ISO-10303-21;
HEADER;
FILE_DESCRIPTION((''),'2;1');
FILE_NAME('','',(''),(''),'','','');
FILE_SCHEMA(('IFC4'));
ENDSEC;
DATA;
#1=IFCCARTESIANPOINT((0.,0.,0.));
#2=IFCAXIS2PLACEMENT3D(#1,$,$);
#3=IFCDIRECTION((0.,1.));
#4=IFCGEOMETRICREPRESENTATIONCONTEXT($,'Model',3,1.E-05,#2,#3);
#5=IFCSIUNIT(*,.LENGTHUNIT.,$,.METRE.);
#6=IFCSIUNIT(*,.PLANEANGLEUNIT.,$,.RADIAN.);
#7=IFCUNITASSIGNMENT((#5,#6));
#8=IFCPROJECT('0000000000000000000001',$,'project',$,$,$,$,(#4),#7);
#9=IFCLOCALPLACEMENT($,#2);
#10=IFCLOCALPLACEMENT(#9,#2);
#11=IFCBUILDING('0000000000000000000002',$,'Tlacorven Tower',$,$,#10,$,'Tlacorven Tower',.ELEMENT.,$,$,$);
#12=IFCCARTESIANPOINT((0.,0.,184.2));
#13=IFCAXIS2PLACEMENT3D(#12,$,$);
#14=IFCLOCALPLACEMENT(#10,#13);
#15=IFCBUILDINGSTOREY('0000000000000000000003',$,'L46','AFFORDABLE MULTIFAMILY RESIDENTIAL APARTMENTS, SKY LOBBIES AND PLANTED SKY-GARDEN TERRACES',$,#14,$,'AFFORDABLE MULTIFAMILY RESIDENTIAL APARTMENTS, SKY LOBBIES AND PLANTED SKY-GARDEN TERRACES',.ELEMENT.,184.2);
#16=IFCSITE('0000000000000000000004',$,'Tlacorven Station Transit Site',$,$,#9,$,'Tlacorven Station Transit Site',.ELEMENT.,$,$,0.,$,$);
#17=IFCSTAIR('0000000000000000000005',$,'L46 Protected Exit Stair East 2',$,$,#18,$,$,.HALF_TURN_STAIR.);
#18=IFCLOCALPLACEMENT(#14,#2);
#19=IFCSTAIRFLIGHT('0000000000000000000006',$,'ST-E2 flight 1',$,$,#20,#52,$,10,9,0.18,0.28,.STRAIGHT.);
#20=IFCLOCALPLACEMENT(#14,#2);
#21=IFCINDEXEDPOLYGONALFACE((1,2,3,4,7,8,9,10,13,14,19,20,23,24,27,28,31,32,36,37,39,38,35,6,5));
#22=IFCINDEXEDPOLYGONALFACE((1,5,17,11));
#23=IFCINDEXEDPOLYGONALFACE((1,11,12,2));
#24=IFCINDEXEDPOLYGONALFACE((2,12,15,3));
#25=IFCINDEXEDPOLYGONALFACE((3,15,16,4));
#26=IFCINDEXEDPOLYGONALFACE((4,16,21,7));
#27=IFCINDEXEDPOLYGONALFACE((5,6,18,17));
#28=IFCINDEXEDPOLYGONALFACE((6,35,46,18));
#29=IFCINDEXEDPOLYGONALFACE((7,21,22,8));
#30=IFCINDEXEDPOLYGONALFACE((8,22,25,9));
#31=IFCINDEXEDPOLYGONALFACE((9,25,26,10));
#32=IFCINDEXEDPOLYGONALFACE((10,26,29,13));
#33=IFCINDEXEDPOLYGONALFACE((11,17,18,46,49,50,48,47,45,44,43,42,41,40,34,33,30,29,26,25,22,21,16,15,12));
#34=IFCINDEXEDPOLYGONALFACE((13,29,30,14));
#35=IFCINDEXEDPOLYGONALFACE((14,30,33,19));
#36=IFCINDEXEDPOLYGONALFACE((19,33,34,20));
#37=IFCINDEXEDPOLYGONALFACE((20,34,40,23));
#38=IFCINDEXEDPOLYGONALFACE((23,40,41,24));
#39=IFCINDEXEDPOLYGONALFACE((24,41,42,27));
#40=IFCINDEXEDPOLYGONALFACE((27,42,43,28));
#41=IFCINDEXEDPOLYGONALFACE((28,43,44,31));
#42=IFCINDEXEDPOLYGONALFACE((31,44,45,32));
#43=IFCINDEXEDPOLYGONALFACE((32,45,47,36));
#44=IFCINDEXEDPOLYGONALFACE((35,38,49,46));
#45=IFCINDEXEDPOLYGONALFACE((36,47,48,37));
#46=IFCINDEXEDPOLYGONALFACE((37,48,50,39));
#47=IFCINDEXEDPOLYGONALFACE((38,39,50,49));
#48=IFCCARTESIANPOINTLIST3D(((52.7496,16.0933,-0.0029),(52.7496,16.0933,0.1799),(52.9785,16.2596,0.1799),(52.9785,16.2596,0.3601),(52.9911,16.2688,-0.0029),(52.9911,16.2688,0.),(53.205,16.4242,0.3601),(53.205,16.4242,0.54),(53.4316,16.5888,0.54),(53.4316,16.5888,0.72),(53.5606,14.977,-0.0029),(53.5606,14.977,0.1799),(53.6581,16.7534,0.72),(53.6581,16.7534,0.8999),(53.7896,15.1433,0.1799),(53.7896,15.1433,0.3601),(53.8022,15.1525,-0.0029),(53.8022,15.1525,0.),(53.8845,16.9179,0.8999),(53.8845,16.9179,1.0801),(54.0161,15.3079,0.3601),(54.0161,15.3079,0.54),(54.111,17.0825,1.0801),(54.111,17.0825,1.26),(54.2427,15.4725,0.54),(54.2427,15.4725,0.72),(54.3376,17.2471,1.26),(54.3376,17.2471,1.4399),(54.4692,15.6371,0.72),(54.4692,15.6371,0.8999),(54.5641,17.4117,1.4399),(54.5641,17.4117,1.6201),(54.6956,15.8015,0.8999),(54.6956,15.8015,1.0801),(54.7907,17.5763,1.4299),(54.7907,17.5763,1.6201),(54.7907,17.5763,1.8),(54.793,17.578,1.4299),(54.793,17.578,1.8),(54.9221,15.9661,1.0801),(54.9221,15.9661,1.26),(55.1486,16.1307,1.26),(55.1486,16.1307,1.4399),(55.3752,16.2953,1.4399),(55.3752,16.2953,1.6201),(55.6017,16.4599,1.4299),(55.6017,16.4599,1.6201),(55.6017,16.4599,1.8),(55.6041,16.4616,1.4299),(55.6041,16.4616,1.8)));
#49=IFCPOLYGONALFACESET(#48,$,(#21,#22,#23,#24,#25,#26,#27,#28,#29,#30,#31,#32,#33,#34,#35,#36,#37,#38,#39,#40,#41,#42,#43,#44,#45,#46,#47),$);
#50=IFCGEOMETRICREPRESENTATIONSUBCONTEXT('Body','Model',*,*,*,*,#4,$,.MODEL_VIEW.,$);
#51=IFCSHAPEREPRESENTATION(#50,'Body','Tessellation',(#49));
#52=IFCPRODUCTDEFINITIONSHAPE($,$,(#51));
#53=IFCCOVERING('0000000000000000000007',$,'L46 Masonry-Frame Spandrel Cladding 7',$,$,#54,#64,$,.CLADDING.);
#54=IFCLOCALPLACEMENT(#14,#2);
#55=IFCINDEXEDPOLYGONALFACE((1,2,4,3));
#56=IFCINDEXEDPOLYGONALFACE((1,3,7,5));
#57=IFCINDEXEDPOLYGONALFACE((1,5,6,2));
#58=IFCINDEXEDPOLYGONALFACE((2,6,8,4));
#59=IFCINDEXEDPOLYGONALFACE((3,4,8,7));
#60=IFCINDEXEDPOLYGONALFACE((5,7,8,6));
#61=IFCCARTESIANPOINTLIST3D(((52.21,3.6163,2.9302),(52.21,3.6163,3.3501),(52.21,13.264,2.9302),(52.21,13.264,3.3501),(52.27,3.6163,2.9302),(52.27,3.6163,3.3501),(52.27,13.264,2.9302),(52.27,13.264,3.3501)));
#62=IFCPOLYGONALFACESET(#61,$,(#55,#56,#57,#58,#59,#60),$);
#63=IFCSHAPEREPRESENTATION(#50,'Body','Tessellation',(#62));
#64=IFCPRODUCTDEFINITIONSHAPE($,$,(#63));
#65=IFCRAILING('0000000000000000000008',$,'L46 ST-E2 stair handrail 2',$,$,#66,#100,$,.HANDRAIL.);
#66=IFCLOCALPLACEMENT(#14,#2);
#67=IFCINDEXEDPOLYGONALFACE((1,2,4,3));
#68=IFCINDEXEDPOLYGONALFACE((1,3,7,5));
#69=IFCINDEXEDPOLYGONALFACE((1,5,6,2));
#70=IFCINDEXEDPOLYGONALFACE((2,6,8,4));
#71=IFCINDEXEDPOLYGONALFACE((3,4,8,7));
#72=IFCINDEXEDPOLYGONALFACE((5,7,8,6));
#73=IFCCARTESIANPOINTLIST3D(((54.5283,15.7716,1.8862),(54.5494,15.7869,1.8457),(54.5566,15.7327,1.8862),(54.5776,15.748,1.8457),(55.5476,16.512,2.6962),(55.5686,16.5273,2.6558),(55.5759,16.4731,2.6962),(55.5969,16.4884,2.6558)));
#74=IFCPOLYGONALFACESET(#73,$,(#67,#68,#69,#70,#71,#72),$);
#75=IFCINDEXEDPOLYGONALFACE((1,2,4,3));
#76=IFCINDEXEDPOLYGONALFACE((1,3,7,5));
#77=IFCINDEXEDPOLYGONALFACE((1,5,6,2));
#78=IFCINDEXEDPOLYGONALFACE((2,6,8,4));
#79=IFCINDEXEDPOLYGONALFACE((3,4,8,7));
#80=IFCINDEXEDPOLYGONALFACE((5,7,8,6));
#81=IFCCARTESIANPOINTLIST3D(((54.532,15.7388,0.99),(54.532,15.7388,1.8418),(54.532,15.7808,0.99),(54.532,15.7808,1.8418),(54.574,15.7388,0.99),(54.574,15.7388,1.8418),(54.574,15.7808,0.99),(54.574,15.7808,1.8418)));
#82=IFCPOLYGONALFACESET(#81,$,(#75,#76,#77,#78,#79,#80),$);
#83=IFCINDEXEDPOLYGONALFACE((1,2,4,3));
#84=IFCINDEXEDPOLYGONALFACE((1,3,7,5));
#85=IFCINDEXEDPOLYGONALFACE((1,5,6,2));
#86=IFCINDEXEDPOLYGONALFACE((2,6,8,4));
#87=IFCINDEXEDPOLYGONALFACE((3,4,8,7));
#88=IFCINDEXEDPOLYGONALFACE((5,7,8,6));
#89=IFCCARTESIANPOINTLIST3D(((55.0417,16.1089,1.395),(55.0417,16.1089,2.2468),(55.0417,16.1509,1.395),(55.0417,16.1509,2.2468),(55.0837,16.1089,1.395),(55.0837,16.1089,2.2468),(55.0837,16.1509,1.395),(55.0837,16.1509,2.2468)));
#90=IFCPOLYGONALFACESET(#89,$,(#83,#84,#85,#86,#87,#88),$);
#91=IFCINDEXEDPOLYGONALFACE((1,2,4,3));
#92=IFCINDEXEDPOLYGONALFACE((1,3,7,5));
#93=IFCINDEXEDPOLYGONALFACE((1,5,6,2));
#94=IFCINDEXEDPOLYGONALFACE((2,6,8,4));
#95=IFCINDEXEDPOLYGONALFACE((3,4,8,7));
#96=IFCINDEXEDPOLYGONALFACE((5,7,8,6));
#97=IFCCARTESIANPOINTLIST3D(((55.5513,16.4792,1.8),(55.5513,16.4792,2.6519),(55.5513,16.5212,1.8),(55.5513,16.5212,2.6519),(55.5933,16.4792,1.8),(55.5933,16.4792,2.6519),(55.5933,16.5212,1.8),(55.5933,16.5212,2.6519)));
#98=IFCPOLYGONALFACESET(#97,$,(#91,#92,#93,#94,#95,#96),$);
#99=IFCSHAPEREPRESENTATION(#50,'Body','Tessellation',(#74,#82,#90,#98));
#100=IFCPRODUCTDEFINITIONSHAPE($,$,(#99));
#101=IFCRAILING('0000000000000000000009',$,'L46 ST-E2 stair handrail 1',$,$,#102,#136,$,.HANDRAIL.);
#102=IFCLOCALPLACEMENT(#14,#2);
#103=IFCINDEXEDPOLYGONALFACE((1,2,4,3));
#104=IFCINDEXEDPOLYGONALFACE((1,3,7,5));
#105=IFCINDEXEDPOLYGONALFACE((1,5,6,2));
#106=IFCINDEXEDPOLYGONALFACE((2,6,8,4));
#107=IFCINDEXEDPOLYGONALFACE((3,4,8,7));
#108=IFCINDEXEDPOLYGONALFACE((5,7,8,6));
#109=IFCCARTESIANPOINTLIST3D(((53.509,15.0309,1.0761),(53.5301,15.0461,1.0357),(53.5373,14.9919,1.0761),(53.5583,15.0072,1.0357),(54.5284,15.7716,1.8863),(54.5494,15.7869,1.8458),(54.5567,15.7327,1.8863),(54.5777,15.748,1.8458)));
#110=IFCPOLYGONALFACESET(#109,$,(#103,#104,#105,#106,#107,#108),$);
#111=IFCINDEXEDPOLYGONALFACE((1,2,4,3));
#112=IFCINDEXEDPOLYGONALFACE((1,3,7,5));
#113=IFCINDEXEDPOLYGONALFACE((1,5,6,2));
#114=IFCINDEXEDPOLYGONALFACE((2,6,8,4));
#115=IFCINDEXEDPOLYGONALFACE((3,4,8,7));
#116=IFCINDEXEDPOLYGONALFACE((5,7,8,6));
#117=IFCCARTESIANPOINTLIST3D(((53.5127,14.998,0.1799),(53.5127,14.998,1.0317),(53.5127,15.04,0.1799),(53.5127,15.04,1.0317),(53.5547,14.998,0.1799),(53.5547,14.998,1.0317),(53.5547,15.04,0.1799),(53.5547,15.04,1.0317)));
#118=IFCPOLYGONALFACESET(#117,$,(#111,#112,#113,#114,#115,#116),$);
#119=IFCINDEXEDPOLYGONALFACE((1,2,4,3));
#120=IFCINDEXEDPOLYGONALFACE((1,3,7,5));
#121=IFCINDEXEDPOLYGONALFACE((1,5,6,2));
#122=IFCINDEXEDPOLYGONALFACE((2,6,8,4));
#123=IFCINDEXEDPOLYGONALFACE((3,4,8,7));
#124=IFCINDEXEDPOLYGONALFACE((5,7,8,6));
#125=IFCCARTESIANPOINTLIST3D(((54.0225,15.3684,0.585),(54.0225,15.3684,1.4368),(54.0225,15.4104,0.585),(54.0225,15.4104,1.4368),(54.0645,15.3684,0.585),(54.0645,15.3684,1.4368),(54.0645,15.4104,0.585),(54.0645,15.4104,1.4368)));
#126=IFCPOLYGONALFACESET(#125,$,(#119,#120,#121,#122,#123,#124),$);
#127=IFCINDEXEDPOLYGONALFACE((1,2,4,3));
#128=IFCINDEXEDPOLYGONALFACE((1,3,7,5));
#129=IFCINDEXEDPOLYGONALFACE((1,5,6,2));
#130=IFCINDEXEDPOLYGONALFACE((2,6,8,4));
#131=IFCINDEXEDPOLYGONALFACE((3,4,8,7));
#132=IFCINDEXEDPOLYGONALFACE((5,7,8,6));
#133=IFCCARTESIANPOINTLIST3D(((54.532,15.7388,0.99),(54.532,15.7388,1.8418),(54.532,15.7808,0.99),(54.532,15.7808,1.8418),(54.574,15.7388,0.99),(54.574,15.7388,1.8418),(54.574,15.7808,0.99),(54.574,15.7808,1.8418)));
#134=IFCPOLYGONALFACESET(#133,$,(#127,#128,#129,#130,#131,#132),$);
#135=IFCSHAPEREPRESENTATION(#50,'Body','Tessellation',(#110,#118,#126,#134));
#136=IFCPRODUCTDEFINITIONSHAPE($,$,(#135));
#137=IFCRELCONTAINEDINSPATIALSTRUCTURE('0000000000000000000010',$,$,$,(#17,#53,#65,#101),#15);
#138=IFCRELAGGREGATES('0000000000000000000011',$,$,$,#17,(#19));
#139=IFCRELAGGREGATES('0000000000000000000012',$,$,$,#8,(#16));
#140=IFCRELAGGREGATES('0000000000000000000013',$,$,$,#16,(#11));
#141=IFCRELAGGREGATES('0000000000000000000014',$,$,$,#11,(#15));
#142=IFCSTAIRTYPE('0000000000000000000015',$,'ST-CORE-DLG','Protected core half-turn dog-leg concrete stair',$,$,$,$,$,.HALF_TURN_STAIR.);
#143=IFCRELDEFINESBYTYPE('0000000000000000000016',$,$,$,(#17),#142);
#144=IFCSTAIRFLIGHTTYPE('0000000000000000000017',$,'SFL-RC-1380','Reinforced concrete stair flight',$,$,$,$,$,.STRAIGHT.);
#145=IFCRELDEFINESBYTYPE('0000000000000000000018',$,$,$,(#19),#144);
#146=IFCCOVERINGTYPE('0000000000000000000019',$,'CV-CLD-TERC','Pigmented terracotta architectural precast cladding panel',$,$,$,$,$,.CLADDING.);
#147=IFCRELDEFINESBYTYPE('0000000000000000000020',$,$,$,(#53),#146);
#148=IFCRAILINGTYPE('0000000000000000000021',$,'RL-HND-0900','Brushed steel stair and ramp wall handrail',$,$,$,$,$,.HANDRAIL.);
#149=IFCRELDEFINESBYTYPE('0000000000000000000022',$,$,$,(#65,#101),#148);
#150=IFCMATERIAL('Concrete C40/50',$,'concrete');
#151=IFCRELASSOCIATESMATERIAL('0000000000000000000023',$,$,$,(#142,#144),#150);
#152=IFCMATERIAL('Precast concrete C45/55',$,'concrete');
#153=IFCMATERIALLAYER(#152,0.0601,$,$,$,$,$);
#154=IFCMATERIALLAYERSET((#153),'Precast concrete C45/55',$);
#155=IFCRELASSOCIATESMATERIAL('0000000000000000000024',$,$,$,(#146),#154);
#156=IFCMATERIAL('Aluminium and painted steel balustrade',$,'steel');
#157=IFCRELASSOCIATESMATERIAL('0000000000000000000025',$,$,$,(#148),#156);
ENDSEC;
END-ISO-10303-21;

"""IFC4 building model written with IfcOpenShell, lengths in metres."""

from ifc_helpers import new_model, si_unit, direction, frame, origin, origin_2d, place, context, subcontext, project, spatial, polyline, rectangle, outline, extrude, source, transform, mapped, material, layer, layer_set, type_object, element, aggregate, save


model = new_model("IFC4")

# Units and contexts
model_context = context("Model", 3, precision=1e-05, world=origin(), true_north=direction((0.0, 1.0)))
body_context = subcontext(model_context, "Body", "Model", "MODEL_VIEW")
ifc_project = project(units=[si_unit("LENGTHUNIT", "METRE"), si_unit("PLANEANGLEUNIT", "RADIAN")], contexts=[model_context])

# Site, building, storey
site_placement = place(None, origin())
site = spatial("IfcSite", under=ifc_project, at=site_placement, Name="Tlacorven Station Transit Site", LongName="Tlacorven Station Transit Site", CompositionType="ELEMENT", RefElevation=0.0)
building_placement = place(site_placement, origin())
building = spatial("IfcBuilding", under=site, at=building_placement, Name="Tlacorven Tower", LongName="Tlacorven Tower", CompositionType="ELEMENT")
storey_placement = place(building_placement, frame((0.0, 0.0, 184.2)))
storey = spatial("IfcBuildingStorey", under=building, at=storey_placement, Name="L46", Description="AFFORDABLE MULTIFAMILY RESIDENTIAL APARTMENTS, SKY LOBBIES AND PLANTED SKY-GARDEN TERRACES", LongName="AFFORDABLE MULTIFAMILY RESIDENTIAL APARTMENTS, SKY LOBBIES AND PLANTED SKY-GARDEN TERRACES", CompositionType="ELEMENT", Elevation=184.2)

# Shared definitions
ifc_material_1 = material(Name="Precast concrete C45/55", Category="concrete")

# Stair, stair flight
ifc_material_2 = material(Name="Concrete C40/50", Category="concrete")
stair_type = type_object("IfcStairType", Name="ST-CORE-DLG", Description="Protected core half-turn dog-leg concrete stair", PredefinedType="HALF_TURN_STAIR", material=ifc_material_2)
stair_placement = place(storey_placement, origin())
stair = element("IfcStair", 1, at=stair_placement, inside=storey, type_object=stair_type, Name="L46 Protected Exit Stair East 2", PredefinedType="HALF_TURN_STAIR")
stair_flight_type = type_object("IfcStairFlightType", Name="SFL-RC-1380", Description="Reinforced concrete stair flight", PredefinedType="STRAIGHT", material=ifc_material_2)
shared_shape_1 = source(origin(), body_context, "Body", "SweptSolid", [
    extrude(outline(polyline([(-0.0029, -0.0029), (-0.0029, 0.1799), (0.28, 0.1799), (0.28, 0.3601), (0.5601, 0.3601), (0.5601, 0.54), (0.8401, 0.54), (0.8401, 0.72), (1.1201, 0.72), (1.1201, 0.8999), (1.3999, 0.8999), (1.3999, 1.0801), (1.6799, 1.0801), (1.6799, 1.26), (1.96, 1.26), (1.96, 1.4399), (2.24, 1.4399), (2.24, 1.6201), (2.52, 1.6201), (2.52, 1.8), (2.5229, 1.8), (2.5229, 1.4299), (2.52, 1.4299), (0.2957, 0.0), (0.2957, -0.0029), (-0.0029, -0.0029)])), frame((0.0, 0.6899, 0.0), z_axis=(0.0, -1.0, 0.0), x_axis=(1.0, 0.0, 0.0)), (0.0, 0.0, 1.0), 1.3799),
])
stair_flight_placement = place(storey_placement, frame((53.1575, 15.5369, 0.0), z_axis=(0.0, 0.0, 1.0), x_axis=(0.809017, 0.587785, 0.0)))
stair_flight = element("IfcStairFlight", 2, at=stair_flight_placement, type_object=stair_flight_type, Name="ST-E2 flight 1", NumberOfRisers=10, NumberOfTreads=9, PredefinedType="STRAIGHT", RiserHeight=0.18, TreadLength=0.28, context=body_context, shape_type="MappedRepresentation", body=[
    mapped(shared_shape_1, transform((0.0, 0.0, 0.0), scale=1.0)),
])
aggregate(stair, [stair_flight])

# Covering
ifc_layer_1 = layer(ifc_material_1, 0.0601)
ifc_layer_set_1 = layer_set([ifc_layer_1], Name="Precast concrete C45/55")
covering_type = type_object("IfcCoveringType", Name="CV-CLD-TERC", Description="Pigmented terracotta architectural precast cladding panel", PredefinedType="CLADDING", material=ifc_layer_set_1)
shared_shape_2 = source(origin(), body_context, "Body", "SweptSolid", [
    extrude(rectangle(XDim=9.6477, YDim=0.0601, at=origin_2d()), origin(), (0.0, 0.0, 1.0), 0.4199),
])
covering_placement = place(storey_placement, frame((52.24, 8.4402, 2.9302), z_axis=(0.0, 0.0, 1.0), x_axis=(0.0, -1.0, 0.0)))
element("IfcCovering", 3, at=covering_placement, inside=storey, type_object=covering_type, Name="L46 Masonry-Frame Spandrel Cladding 7", PredefinedType="CLADDING", context=body_context, shape_type="MappedRepresentation", body=[
    mapped(shared_shape_2, transform((0.0, 0.0, 0.0), scale=1.0)),
])

# Railings
ifc_material_3 = material(Name="Aluminium and painted steel balustrade", Category="steel")
railing_type = type_object("IfcRailingType", Name="RL-HND-0900", Description="Brushed steel stair and ramp wall handrail", PredefinedType="HANDRAIL", material=ifc_material_3)
shared_shape_3 = source(origin(), body_context, "Body", "SweptSolid", [
    extrude(rectangle(XDim=0.0481, YDim=0.0481, at=origin_2d()), frame((0.0, 0.0, 0.876), z_axis=(0.680516, 0.494373, 0.540827), x_axis=(-0.587745, 0.809046, 0.0)), (0.0, 0.0, 1.0), 1.4978),
    extrude(rectangle(XDim=0.042, YDim=0.042, at=origin_2d()), origin(), (0.0, 0.0, 1.0), 0.8518),
    extrude(rectangle(XDim=0.042, YDim=0.042, at=origin_2d()), frame((0.5098, 0.3701, 0.405)), (0.0, 0.0, 1.0), 0.8518),
    extrude(rectangle(XDim=0.042, YDim=0.042, at=origin_2d()), frame((1.0193, 0.7405, 0.8101)), (0.0, 0.0, 1.0), 0.8518),
])
railing_1_placement = place(storey_placement, frame((54.553, 15.7598, 0.99)))
element("IfcRailing", 4, at=railing_1_placement, inside=storey, type_object=railing_type, Name="L46 ST-E2 stair handrail 2", PredefinedType="HANDRAIL", context=body_context, shape_type="MappedRepresentation", body=[
    mapped(shared_shape_3, transform((0.0, 0.0, 0.0), scale=1.0)),
])
shared_shape_4 = source(origin(), body_context, "Body", "SweptSolid", [
    extrude(rectangle(XDim=0.0481, YDim=0.0481, at=origin_2d()), frame((0.0, 0.0, 0.876), z_axis=(0.680461, 0.494496, 0.540783), x_axis=(-0.587872, 0.808954, 0.0)), (0.0, 0.0, 1.0), 1.498),
    extrude(rectangle(XDim=0.042, YDim=0.042, at=origin_2d()), origin(), (0.0, 0.0, 1.0), 0.8518),
    extrude(rectangle(XDim=0.042, YDim=0.042, at=origin_2d()), frame((0.5098, 0.3704, 0.405)), (0.0, 0.0, 1.0), 0.8518),
    extrude(rectangle(XDim=0.042, YDim=0.042, at=origin_2d()), frame((1.0193, 0.7407, 0.8101)), (0.0, 0.0, 1.0), 0.8518),
])
railing_2_placement = place(storey_placement, frame((53.5337, 15.019, 0.1799)))
element("IfcRailing", 5, at=railing_2_placement, inside=storey, type_object=railing_type, Name="L46 ST-E2 stair handrail 1", PredefinedType="HANDRAIL", context=body_context, shape_type="MappedRepresentation", body=[
    mapped(shared_shape_4, transform((0.0, 0.0, 0.0), scale=1.0)),
])

save(model, "model.ifc")
